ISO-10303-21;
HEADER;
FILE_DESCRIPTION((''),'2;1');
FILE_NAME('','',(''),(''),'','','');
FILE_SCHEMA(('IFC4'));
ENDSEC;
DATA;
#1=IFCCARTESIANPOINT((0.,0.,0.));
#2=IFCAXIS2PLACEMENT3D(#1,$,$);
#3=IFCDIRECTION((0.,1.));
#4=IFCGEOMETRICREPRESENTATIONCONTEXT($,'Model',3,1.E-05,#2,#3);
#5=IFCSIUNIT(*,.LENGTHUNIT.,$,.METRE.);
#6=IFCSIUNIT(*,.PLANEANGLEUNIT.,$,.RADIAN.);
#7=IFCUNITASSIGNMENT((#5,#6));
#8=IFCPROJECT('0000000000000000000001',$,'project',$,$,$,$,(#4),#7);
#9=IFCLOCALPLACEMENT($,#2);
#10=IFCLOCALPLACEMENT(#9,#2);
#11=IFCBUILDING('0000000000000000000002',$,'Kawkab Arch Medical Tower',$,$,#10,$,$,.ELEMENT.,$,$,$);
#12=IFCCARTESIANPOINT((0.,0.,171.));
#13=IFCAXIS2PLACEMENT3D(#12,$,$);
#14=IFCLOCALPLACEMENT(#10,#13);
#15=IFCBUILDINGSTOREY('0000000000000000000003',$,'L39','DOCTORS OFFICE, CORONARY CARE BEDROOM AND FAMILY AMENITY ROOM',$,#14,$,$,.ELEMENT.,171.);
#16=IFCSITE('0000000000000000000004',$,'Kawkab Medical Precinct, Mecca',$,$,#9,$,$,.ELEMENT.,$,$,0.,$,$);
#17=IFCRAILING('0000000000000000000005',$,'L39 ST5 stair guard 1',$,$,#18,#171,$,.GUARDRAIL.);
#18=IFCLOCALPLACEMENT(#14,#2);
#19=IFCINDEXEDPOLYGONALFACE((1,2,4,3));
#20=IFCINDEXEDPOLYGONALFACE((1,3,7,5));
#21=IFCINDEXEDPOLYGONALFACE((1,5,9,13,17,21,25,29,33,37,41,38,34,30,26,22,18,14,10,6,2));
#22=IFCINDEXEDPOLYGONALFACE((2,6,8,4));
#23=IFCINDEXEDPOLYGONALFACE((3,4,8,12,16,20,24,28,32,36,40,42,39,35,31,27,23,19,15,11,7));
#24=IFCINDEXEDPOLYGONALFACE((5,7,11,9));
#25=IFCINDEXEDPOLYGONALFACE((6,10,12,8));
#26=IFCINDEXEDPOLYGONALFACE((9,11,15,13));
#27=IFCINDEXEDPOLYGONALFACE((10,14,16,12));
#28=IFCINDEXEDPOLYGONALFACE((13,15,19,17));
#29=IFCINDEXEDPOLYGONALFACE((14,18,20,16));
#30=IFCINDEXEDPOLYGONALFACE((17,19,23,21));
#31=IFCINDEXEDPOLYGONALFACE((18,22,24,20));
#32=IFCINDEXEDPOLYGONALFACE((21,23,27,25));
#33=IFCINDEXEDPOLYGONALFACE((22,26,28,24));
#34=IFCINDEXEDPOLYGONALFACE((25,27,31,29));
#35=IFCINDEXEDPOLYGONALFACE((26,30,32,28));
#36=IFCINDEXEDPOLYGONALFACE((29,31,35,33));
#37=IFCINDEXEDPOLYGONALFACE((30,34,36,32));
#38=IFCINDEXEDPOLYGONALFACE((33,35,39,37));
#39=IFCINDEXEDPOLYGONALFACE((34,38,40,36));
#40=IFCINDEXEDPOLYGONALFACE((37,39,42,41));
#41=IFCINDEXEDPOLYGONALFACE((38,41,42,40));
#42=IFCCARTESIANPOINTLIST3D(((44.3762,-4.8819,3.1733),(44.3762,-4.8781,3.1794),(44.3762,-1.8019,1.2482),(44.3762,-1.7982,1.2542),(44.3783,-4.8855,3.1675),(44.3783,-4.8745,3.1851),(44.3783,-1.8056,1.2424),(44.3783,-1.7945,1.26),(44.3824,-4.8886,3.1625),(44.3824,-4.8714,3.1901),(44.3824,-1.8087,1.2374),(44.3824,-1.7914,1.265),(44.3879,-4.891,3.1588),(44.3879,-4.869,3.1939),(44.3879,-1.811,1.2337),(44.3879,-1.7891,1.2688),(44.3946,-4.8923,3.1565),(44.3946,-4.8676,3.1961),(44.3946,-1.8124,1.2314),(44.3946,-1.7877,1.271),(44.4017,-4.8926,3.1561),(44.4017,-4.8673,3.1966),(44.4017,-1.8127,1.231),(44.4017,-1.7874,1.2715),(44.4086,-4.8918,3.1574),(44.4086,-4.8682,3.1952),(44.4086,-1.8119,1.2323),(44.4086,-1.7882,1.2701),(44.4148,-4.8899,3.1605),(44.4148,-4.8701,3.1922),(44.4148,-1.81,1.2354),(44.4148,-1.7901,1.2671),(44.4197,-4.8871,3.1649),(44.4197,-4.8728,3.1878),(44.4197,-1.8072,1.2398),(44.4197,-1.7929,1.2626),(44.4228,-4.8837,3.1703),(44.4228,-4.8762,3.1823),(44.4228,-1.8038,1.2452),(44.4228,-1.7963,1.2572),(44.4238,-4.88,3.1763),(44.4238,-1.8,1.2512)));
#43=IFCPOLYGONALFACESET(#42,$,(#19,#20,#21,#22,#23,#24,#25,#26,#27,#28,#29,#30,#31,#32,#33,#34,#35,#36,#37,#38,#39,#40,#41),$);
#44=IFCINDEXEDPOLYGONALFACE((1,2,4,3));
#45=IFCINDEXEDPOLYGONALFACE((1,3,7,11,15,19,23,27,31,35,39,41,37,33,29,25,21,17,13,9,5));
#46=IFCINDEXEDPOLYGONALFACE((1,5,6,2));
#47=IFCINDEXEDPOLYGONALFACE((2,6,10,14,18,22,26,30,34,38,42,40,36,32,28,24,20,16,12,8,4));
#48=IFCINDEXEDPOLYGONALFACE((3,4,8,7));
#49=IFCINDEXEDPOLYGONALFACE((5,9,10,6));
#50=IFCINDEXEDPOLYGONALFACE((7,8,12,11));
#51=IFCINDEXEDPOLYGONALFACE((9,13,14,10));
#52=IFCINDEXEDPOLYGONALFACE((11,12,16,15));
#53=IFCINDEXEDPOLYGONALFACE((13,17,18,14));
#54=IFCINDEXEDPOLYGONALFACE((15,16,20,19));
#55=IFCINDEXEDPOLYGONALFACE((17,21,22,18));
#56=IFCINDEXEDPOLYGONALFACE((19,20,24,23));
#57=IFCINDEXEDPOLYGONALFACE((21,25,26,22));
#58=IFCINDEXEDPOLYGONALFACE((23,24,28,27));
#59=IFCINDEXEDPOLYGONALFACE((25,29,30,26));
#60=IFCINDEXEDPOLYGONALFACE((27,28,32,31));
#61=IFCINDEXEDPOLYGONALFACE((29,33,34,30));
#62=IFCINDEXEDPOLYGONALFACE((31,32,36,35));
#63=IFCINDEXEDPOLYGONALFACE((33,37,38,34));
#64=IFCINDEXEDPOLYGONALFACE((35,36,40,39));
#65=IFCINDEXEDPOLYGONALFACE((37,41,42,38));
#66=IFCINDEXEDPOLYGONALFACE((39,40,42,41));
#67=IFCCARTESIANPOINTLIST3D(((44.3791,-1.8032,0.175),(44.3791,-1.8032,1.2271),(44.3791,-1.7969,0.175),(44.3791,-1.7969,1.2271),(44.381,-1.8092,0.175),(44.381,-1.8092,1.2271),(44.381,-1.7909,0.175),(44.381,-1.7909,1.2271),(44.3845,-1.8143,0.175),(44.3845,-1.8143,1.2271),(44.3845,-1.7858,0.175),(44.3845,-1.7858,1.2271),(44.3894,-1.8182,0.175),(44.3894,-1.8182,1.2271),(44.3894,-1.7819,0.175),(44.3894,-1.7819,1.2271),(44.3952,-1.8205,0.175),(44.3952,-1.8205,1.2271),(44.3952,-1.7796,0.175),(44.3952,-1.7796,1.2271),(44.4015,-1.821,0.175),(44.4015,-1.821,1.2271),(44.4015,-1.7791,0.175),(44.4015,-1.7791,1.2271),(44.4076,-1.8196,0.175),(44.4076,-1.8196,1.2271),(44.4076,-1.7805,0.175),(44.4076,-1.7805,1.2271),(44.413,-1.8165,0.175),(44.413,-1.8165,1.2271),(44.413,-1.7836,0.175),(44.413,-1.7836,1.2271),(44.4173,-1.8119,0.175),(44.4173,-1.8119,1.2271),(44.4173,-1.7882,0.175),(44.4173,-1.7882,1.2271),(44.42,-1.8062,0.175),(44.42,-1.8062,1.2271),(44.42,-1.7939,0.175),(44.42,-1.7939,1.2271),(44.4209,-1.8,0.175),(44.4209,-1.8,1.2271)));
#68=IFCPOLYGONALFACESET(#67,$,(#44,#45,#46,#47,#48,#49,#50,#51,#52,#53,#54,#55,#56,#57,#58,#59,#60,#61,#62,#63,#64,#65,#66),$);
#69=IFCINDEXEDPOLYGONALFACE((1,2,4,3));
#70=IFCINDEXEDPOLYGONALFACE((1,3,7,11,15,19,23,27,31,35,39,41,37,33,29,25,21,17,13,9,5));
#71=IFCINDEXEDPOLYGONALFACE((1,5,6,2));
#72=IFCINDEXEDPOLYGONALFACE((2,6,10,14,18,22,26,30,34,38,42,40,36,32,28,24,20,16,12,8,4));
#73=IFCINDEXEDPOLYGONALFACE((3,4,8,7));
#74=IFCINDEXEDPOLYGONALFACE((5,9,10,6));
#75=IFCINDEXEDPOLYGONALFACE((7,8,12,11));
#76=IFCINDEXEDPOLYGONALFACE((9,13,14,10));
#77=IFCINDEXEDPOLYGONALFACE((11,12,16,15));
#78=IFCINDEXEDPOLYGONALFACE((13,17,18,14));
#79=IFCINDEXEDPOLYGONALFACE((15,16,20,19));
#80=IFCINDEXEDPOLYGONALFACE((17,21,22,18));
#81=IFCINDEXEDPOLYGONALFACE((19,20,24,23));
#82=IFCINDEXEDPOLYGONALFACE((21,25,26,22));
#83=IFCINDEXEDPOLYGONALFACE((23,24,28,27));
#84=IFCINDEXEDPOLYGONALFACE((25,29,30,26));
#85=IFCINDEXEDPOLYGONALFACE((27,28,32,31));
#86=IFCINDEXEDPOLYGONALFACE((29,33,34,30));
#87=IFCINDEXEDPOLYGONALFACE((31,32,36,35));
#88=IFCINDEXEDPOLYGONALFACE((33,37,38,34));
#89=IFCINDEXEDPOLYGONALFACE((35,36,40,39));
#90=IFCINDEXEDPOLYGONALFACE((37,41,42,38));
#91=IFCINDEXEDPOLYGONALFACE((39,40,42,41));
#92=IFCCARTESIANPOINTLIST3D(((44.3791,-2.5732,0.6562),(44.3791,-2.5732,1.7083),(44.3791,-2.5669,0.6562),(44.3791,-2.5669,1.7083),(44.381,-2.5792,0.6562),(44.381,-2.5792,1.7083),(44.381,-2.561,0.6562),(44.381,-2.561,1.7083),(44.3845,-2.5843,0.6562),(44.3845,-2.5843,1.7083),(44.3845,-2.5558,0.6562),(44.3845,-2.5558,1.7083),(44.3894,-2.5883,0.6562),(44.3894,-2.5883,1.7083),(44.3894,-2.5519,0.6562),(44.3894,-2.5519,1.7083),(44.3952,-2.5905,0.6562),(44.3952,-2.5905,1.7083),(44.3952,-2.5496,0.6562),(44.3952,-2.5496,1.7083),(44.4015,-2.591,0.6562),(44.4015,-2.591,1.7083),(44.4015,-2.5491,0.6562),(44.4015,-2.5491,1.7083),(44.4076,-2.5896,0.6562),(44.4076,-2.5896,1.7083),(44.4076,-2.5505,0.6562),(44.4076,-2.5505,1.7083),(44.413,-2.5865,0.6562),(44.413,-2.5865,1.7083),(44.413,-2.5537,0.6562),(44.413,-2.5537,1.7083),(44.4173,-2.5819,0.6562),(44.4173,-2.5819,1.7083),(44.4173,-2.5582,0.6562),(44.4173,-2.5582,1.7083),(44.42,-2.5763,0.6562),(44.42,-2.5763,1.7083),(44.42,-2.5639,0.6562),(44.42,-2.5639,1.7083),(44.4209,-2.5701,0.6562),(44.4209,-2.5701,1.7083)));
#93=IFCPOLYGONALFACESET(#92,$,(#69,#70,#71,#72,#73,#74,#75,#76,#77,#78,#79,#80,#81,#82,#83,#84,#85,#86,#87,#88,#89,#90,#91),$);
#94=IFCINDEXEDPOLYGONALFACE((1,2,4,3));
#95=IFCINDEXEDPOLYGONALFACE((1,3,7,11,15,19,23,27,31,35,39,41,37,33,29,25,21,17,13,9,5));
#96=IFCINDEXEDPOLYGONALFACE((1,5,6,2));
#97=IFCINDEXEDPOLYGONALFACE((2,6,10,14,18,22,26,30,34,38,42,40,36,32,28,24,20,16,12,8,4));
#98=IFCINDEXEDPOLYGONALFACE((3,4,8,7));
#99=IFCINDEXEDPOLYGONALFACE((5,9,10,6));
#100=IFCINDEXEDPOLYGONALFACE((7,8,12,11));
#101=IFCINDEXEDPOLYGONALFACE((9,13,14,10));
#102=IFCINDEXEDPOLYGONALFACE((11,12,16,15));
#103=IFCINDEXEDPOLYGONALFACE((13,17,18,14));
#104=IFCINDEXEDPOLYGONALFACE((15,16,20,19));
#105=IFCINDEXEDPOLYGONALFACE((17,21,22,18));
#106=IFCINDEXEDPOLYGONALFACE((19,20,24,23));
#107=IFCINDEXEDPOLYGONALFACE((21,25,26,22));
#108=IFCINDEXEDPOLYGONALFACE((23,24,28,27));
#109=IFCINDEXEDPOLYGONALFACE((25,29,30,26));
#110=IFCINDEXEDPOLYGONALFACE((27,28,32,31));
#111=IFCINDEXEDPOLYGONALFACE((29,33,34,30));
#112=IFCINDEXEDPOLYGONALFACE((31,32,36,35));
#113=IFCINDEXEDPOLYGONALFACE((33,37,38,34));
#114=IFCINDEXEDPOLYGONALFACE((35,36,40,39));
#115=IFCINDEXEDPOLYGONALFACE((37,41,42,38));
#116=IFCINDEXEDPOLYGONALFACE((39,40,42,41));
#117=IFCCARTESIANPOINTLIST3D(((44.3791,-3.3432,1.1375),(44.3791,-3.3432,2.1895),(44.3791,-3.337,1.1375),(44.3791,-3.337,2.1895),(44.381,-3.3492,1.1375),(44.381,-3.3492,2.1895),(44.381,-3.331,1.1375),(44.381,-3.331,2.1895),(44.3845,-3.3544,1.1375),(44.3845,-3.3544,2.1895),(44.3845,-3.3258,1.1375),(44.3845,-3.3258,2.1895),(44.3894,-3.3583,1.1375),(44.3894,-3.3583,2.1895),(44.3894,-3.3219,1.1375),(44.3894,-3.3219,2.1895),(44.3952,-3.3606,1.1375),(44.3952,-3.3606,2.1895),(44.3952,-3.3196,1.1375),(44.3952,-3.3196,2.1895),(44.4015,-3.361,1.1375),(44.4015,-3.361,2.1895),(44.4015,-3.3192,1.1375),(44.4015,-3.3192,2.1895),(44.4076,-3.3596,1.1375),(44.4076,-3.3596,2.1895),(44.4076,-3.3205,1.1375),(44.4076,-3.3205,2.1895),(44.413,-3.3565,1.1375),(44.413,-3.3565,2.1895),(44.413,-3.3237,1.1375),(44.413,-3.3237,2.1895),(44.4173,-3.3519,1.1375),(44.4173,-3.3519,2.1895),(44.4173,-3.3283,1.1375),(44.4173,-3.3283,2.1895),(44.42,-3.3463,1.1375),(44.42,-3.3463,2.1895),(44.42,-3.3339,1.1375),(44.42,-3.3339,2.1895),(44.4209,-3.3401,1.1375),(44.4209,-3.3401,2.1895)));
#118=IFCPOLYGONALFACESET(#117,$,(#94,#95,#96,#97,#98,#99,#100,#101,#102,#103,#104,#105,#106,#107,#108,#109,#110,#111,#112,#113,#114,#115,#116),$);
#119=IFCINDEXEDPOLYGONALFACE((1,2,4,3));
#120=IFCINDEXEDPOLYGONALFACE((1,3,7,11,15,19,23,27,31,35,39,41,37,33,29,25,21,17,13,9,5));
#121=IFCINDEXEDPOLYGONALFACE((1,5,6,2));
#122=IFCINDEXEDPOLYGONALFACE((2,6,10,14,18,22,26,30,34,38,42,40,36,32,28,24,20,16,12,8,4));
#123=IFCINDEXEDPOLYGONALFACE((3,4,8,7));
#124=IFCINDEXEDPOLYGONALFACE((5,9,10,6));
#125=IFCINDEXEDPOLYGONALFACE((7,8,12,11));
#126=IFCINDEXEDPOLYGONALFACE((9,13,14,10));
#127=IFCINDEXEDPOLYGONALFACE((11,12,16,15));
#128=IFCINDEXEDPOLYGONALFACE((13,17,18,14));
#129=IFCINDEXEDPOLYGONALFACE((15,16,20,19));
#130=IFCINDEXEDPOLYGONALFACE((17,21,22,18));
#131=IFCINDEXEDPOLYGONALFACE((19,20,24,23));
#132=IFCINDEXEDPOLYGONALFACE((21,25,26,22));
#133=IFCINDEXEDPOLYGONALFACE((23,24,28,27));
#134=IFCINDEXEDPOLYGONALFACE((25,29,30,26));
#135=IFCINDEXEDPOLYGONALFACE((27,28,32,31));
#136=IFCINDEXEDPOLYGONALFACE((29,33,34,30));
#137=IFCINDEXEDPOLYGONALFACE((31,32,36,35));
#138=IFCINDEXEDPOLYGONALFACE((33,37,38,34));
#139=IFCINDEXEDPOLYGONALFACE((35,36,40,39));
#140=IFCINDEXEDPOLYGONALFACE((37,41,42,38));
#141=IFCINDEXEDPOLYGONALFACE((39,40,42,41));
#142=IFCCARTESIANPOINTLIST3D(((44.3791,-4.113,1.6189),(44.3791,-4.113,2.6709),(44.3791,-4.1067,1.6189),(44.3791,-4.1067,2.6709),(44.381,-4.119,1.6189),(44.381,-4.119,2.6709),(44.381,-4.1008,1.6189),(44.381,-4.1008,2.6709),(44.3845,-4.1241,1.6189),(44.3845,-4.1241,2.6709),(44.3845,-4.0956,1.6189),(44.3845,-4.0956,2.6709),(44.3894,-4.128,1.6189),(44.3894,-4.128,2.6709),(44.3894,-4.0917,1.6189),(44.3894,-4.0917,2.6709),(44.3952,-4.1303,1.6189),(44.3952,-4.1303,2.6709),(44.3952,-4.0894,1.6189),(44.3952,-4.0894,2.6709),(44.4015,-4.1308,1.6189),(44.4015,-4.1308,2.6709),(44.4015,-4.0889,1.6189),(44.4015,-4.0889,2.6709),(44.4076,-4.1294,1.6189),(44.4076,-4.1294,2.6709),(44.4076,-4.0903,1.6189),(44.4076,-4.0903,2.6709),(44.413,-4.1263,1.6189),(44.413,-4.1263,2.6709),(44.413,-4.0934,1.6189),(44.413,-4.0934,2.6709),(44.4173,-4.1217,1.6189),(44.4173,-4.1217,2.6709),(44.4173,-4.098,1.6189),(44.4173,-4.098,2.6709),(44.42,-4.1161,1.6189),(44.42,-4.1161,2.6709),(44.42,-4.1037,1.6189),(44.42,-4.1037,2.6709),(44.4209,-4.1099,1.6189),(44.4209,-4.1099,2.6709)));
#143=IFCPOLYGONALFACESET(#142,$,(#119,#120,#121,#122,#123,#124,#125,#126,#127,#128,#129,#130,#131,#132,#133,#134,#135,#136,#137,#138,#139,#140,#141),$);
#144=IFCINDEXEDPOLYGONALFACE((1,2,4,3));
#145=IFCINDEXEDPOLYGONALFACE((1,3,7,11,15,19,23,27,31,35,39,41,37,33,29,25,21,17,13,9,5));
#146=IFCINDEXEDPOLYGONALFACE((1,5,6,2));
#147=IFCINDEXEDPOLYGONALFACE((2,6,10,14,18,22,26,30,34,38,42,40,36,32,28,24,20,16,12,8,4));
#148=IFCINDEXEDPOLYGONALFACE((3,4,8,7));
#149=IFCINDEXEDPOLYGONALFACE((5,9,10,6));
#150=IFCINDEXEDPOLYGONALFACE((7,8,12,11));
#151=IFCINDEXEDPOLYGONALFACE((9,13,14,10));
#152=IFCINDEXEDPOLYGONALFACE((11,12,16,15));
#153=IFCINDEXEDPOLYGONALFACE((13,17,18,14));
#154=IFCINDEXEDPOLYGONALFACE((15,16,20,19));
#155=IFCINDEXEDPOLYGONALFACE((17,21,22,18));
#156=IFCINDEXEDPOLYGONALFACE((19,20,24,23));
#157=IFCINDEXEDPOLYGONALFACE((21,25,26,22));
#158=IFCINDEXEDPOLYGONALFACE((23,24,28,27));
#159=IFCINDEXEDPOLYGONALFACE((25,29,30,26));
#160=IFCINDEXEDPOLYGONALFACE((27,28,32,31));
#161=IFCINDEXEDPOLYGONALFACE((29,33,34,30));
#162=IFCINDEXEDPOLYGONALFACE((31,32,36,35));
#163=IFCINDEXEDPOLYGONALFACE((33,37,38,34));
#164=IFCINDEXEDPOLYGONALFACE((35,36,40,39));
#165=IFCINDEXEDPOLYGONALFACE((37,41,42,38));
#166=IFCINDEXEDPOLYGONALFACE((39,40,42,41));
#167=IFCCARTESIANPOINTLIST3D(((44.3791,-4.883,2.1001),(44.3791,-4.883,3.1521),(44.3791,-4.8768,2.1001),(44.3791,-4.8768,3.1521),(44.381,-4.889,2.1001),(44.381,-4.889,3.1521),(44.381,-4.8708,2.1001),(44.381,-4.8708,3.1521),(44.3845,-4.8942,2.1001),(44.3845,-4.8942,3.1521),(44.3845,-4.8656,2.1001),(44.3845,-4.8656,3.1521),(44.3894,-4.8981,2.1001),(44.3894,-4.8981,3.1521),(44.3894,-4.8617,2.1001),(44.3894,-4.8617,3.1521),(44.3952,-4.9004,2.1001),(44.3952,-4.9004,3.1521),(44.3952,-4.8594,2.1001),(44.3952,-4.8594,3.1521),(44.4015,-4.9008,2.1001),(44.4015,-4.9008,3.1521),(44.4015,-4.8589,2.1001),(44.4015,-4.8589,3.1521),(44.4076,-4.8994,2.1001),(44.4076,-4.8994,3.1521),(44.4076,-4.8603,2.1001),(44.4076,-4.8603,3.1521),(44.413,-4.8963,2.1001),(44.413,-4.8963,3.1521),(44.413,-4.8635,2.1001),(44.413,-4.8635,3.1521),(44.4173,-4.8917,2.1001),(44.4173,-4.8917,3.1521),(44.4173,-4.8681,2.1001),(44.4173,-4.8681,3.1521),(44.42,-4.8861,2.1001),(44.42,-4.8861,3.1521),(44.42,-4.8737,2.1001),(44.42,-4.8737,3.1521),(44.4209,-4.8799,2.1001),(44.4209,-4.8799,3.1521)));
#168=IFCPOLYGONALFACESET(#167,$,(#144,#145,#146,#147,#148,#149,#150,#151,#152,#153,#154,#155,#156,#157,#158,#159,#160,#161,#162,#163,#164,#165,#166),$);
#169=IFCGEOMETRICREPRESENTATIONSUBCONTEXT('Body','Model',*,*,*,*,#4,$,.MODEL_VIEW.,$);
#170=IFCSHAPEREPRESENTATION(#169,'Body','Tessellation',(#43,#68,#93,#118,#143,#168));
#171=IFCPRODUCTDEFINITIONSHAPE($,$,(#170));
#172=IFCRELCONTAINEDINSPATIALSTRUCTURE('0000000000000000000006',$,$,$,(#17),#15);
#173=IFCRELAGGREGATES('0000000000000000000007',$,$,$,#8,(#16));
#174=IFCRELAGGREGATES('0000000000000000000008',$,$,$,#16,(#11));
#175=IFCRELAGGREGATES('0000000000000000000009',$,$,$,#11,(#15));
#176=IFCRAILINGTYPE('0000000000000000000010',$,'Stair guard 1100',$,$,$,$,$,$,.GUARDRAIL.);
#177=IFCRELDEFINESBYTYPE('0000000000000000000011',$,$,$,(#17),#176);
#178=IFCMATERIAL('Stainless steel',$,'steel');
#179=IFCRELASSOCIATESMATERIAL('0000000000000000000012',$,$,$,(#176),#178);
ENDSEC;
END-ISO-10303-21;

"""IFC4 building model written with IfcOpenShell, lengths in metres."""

from ifc_helpers import new_model, si_unit, direction, frame, origin, origin_2d, place, context, subcontext, project, spatial, circle, extrude, material, type_object, element, save


model = new_model("IFC4")

# Units and contexts
model_context = context("Model", 3, precision=1e-05, world=origin(), true_north=direction((0.0, 1.0)))
body_context = subcontext(model_context, "Body", "Model", "MODEL_VIEW")
ifc_project = project(units=[si_unit("LENGTHUNIT", "METRE"), si_unit("PLANEANGLEUNIT", "RADIAN")], contexts=[model_context])

# Site, building, storey
site_placement = place(None, origin())
site = spatial("IfcSite", under=ifc_project, at=site_placement, Name="Kawkab Medical Precinct, Mecca", CompositionType="ELEMENT", RefElevation=0.0)
building_placement = place(site_placement, origin())
building = spatial("IfcBuilding", under=site, at=building_placement, Name="Kawkab Arch Medical Tower", CompositionType="ELEMENT")
storey_placement = place(building_placement, frame((0.0, 0.0, 171.0)))
storey = spatial("IfcBuildingStorey", under=building, at=storey_placement, Name="L39", Description="DOCTORS OFFICE, CORONARY CARE BEDROOM AND FAMILY AMENITY ROOM", CompositionType="ELEMENT", Elevation=171.0)

# Railing
ifc_material_1 = material(Name="Stainless steel", Category="steel")
railing_type = type_object("IfcRailingType", Name="Stair guard 1100", PredefinedType="GUARDRAIL", material=ifc_material_1)
railing_1_placement = place(storey_placement, frame((44.3999, -1.8, 0.175)))
element("IfcRailing", 1, at=railing_1_placement, inside=storey, type_object=railing_type, Name="L39 ST5 stair guard 1", PredefinedType="GUARDRAIL", context=body_context, shape_type="SweptSolid", body=[
    extrude(circle(Radius=0.0239, at=origin_2d()), frame((0.0, 0.0, 1.0762), z_axis=(0.0, -0.847979, 0.530029), x_axis=(1.0, 0.0, 0.0)), (0.0, 0.0, 1.0), 3.6321),
    extrude(circle(Radius=0.021, at=origin_2d()), origin(), (0.0, 0.0, 1.0), 1.052),
    extrude(circle(Radius=0.021, at=origin_2d()), frame((0.0, -0.77, 0.4812)), (0.0, 0.0, 1.0), 1.052),
    extrude(circle(Radius=0.021, at=origin_2d()), frame((0.0, -1.54, 0.9624)), (0.0, 0.0, 1.0), 1.052),
    extrude(circle(Radius=0.021, at=origin_2d()), frame((0.0, -2.3098, 1.4438)), (0.0, 0.0, 1.0), 1.052),
    extrude(circle(Radius=0.021, at=origin_2d()), frame((0.0, -3.0798, 1.925)), (0.0, 0.0, 1.0), 1.052),
])

save(model, "model.ifc")
